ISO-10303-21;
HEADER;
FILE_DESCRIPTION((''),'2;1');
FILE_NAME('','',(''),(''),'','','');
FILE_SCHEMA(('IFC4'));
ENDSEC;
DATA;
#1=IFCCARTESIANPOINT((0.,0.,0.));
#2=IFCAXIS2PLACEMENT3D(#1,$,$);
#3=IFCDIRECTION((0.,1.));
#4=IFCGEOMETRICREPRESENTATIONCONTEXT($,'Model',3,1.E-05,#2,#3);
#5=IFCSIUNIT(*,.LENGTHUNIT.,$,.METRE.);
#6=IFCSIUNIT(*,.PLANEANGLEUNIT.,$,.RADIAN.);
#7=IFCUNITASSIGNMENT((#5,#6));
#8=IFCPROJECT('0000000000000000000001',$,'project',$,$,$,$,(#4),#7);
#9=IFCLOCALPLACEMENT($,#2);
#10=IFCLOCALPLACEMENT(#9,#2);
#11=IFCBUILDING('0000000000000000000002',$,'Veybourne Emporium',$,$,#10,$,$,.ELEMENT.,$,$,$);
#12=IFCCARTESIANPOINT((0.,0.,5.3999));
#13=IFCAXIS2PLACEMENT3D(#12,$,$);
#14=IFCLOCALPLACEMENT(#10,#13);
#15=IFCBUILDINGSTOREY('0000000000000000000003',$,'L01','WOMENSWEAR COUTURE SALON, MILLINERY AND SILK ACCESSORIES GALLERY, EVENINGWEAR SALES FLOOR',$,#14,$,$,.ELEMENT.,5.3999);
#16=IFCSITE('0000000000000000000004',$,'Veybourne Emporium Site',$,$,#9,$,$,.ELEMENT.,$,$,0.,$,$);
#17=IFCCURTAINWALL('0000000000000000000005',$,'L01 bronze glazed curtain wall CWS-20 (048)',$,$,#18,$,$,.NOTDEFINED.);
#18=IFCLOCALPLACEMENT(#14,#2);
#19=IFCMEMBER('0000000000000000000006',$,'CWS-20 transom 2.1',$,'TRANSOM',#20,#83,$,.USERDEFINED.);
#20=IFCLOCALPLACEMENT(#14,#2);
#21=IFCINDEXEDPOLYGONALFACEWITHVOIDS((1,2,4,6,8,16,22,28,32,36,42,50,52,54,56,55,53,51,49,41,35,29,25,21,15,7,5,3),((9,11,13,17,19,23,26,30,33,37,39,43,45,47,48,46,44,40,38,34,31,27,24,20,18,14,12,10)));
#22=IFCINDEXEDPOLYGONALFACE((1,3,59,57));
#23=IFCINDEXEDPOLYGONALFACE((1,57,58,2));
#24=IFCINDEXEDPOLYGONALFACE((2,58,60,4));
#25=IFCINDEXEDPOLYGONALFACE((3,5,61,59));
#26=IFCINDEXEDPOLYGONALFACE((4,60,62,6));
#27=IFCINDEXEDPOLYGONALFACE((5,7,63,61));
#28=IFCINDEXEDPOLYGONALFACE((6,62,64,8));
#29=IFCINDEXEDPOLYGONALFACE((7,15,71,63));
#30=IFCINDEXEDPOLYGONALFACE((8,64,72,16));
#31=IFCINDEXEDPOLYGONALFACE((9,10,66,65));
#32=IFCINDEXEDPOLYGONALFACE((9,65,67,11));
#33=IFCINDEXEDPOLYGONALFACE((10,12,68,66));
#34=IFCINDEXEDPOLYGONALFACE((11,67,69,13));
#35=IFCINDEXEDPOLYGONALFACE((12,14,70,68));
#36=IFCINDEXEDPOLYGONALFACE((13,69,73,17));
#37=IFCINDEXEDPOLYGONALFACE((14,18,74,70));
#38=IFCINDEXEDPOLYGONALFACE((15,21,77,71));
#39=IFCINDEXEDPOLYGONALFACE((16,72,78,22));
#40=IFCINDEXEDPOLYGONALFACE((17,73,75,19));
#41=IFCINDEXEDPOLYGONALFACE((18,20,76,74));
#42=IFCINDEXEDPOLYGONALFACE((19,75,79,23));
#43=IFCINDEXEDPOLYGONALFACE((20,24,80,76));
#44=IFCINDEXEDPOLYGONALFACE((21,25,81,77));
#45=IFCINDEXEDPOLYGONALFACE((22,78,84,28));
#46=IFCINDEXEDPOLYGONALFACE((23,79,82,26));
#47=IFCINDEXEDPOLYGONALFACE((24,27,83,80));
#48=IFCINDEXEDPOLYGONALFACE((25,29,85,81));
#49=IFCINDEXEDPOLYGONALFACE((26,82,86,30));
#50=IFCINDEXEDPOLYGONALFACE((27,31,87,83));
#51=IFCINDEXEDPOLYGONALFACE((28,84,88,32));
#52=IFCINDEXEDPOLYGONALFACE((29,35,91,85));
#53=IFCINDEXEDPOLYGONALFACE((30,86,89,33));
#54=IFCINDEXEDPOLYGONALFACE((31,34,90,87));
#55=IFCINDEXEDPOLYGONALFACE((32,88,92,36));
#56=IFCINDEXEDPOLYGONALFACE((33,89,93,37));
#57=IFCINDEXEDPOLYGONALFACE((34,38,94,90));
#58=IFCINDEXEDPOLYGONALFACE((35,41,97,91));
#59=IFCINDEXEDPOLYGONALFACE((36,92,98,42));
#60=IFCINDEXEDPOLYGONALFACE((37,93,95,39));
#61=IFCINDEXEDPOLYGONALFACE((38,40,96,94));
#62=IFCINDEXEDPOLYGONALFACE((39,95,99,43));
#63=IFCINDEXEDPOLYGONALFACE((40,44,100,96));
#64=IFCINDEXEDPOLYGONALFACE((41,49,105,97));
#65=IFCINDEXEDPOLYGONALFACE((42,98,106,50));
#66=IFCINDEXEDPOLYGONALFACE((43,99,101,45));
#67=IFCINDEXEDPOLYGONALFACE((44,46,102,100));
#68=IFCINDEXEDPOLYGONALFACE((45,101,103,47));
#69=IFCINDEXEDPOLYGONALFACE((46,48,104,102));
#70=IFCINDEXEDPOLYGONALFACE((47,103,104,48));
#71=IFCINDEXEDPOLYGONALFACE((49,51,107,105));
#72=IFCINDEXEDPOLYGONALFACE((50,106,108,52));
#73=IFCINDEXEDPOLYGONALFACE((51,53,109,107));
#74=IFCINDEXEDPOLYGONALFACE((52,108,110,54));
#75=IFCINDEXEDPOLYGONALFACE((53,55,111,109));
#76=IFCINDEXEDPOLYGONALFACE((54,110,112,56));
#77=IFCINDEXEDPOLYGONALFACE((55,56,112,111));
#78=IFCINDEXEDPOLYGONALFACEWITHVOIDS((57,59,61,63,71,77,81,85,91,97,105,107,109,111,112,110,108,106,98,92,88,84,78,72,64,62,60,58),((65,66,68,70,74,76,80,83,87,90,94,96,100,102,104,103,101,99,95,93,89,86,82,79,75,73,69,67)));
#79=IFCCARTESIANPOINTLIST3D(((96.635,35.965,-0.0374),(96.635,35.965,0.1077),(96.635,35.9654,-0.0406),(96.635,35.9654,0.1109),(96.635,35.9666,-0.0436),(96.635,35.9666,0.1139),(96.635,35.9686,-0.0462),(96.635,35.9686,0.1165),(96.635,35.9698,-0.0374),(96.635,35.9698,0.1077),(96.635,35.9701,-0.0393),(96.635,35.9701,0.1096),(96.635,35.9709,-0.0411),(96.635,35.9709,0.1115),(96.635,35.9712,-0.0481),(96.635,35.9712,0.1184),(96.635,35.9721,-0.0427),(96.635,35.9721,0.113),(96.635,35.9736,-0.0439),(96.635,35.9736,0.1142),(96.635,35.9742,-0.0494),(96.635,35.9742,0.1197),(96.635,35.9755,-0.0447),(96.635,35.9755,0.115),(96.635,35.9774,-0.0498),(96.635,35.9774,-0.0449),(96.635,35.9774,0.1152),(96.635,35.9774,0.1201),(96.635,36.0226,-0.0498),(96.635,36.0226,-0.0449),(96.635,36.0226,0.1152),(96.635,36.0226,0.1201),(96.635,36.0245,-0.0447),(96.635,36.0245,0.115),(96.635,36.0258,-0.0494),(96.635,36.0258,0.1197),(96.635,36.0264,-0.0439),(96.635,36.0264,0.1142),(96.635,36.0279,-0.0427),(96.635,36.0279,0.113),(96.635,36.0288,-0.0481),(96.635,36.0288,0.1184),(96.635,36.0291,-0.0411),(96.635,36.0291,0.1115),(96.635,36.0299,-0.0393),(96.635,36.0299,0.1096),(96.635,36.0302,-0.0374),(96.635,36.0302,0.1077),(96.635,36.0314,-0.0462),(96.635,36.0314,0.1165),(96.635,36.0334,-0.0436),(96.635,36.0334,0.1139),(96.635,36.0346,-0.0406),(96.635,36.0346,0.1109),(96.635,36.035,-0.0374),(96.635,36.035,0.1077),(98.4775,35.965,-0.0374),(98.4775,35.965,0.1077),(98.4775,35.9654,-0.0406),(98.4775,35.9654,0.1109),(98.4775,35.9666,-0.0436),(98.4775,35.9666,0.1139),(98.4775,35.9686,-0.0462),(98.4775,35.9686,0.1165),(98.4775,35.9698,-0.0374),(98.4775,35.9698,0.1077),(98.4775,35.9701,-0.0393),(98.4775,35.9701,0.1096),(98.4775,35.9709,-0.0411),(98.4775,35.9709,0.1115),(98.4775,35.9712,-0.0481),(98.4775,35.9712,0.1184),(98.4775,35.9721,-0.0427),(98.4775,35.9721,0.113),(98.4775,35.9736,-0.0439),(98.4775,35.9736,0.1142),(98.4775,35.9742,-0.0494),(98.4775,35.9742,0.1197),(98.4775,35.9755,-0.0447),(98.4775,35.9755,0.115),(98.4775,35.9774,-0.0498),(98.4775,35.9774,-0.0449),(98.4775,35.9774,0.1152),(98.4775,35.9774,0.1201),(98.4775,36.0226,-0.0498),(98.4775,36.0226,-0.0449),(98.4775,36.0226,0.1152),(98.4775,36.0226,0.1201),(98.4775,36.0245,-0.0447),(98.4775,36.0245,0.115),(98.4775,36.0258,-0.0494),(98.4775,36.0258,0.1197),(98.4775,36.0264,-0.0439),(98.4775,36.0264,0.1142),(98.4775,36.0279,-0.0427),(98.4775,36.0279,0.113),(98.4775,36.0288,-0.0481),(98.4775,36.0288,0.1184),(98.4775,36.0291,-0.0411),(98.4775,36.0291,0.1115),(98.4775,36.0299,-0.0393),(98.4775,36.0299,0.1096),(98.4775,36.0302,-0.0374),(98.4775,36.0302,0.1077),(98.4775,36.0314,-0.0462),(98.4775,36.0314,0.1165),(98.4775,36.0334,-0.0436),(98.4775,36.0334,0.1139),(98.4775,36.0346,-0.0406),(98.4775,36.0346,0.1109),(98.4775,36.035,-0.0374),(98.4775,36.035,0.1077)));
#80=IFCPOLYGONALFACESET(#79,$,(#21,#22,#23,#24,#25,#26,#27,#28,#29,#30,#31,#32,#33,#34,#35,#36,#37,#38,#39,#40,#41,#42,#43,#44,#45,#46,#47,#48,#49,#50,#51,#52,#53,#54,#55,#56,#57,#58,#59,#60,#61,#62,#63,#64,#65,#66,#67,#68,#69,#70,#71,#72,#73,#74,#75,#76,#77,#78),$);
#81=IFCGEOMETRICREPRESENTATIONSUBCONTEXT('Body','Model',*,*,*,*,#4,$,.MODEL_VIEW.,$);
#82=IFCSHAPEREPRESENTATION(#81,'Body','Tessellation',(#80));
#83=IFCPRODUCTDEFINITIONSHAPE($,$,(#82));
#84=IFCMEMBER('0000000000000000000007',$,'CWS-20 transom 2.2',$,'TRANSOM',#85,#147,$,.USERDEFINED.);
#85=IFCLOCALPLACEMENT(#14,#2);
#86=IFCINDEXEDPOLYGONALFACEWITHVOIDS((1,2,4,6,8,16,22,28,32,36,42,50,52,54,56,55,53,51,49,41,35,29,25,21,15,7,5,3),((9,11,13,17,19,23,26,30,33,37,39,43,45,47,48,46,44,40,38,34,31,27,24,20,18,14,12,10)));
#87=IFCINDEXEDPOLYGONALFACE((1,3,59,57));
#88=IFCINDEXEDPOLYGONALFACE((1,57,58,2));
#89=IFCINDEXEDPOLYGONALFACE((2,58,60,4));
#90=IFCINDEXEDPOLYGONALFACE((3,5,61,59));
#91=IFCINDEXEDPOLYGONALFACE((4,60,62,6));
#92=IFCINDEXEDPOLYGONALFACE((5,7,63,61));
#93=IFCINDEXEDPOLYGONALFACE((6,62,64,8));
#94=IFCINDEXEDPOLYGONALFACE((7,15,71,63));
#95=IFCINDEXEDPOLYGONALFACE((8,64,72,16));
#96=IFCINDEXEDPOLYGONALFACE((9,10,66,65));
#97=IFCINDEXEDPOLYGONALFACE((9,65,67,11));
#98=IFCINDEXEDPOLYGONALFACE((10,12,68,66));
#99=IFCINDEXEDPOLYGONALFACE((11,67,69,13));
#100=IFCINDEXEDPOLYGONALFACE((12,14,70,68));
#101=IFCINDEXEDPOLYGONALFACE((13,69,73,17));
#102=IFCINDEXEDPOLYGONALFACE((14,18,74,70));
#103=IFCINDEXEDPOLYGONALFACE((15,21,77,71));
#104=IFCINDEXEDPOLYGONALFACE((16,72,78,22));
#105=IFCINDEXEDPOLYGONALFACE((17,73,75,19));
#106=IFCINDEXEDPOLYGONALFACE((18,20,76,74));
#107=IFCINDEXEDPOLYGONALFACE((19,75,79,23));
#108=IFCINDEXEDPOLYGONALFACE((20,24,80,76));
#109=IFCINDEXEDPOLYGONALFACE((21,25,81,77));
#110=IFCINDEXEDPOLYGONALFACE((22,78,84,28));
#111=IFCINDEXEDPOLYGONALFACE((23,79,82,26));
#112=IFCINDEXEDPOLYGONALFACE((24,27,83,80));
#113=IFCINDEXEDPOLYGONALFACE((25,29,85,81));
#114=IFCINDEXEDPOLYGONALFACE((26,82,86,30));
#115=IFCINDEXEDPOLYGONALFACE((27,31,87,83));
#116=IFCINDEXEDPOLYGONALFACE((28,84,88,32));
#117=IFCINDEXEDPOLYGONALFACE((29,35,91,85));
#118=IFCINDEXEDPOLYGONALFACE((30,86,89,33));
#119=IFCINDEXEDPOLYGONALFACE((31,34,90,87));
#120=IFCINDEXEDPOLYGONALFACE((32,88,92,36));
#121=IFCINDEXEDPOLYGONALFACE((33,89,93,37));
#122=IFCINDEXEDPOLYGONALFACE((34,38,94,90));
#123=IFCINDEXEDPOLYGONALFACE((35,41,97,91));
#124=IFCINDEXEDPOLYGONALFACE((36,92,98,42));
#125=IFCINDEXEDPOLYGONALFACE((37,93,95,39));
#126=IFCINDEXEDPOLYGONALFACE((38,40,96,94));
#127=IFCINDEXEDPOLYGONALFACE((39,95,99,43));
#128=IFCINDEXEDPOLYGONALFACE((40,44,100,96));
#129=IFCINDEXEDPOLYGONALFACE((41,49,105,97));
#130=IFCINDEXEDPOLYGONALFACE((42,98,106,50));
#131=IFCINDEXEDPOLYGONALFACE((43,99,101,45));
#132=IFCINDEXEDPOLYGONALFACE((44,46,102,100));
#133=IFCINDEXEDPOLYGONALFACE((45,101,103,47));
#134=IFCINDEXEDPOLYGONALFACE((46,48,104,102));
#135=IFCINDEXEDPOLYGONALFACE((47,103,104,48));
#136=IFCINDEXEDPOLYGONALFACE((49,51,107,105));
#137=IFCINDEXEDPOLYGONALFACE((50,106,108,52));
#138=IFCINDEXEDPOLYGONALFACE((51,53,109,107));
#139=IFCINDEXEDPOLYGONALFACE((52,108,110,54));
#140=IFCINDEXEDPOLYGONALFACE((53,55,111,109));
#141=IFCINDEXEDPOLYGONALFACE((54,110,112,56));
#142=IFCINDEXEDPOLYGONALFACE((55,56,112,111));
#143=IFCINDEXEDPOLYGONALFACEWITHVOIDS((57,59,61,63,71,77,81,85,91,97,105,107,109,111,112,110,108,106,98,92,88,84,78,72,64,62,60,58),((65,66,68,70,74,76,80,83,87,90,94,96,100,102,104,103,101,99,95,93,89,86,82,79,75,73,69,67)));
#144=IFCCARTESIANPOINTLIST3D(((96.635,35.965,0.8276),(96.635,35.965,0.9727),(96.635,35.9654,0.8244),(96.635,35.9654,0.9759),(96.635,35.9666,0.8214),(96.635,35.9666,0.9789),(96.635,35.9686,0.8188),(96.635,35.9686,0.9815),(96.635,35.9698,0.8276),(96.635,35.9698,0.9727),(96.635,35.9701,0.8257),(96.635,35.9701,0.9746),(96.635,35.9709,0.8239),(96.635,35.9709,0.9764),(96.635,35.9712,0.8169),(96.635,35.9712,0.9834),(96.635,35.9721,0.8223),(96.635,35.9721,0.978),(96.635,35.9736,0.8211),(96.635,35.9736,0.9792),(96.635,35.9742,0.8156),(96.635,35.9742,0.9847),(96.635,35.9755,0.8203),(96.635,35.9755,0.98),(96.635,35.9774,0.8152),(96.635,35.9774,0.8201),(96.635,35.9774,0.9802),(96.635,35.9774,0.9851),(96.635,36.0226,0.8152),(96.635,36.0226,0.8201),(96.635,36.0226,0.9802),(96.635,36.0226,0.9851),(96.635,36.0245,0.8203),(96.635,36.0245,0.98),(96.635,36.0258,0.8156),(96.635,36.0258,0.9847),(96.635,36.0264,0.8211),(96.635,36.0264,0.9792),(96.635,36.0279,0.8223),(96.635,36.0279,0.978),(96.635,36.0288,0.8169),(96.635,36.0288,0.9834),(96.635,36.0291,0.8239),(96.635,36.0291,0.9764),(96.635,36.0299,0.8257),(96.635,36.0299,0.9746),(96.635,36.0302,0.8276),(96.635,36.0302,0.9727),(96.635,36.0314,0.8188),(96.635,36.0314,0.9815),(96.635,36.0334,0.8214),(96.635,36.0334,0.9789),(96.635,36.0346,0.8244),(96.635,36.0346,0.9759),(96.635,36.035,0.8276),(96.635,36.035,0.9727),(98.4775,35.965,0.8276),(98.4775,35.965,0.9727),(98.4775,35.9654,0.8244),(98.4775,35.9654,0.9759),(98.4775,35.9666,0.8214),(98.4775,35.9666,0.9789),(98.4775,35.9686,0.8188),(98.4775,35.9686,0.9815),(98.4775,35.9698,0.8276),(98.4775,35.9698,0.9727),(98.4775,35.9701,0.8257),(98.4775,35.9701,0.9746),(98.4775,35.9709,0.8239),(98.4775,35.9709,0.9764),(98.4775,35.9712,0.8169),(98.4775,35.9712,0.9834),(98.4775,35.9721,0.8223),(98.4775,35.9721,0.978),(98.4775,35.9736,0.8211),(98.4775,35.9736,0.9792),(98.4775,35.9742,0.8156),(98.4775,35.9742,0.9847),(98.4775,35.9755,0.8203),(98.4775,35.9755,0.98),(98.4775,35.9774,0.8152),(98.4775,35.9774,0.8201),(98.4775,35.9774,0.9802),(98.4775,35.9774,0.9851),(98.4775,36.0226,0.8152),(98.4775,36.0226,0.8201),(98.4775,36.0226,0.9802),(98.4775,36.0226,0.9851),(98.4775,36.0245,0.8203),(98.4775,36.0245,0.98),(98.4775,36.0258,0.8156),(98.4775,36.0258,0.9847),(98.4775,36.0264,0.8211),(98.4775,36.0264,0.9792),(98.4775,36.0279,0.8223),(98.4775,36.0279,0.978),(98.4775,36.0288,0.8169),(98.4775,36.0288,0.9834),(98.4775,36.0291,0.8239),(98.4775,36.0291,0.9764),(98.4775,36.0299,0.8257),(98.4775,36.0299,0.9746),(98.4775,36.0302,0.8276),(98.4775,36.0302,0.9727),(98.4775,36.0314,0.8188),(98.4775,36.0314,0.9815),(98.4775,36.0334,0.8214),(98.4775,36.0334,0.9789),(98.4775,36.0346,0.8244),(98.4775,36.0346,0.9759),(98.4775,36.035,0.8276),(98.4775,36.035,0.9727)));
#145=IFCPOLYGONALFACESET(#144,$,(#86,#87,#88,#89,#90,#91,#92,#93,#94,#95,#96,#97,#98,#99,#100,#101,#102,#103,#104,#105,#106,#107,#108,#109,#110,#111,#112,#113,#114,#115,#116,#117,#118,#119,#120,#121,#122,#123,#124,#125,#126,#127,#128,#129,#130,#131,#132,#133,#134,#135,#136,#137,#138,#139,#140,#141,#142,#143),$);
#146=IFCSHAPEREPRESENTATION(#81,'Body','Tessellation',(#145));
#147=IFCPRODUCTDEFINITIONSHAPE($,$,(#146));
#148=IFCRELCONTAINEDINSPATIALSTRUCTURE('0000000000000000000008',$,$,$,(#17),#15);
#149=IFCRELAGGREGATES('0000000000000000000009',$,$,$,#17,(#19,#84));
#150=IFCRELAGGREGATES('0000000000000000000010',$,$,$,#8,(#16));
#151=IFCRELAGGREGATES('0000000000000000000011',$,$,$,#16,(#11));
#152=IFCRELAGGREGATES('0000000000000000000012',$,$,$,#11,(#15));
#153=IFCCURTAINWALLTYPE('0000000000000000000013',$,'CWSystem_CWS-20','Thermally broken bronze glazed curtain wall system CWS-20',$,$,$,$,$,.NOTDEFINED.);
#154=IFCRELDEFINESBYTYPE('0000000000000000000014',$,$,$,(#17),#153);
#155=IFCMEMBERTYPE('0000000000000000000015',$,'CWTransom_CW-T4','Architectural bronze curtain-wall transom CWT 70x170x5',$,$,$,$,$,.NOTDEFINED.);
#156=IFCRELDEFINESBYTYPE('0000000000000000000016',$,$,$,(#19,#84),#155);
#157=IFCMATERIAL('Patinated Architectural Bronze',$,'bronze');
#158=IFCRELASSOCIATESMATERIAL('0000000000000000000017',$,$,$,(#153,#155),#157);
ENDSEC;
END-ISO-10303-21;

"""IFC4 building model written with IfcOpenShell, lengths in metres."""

from ifc_helpers import new_model, si_unit, direction, frame, origin, origin_2d, place, context, subcontext, project, spatial, hollow_rectangle, extrude, material, material_profile, profile_set, type_object, element, aggregate, save


model = new_model("IFC4")

# Units and contexts
model_context = context("Model", 3, precision=1e-05, world=origin(), true_north=direction((0.0, 1.0)))
body_context = subcontext(model_context, "Body", "Model", "MODEL_VIEW")
ifc_project = project(units=[si_unit("LENGTHUNIT", "METRE"), si_unit("PLANEANGLEUNIT", "RADIAN")], contexts=[model_context])

# Site, building, storey
site_placement = place(None, origin())
site = spatial("IfcSite", under=ifc_project, at=site_placement, Name="Veybourne Emporium Site", CompositionType="ELEMENT", RefElevation=0.0)
building_placement = place(site_placement, origin())
building = spatial("IfcBuilding", under=site, at=building_placement, Name="Veybourne Emporium", CompositionType="ELEMENT")
storey_placement = place(building_placement, frame((0.0, 0.0, 5.3999)))
storey = spatial("IfcBuildingStorey", under=building, at=storey_placement, Name="L01", Description="WOMENSWEAR COUTURE SALON, MILLINERY AND SILK ACCESSORIES GALLERY, EVENINGWEAR SALES FLOOR", CompositionType="ELEMENT", Elevation=5.3999)

# Curtain wall, members
ifc_material_1 = material(Name="Patinated Architectural Bronze", Category="bronze")
curtain_wall_type = type_object("IfcCurtainWallType", Name="CWSystem_CWS-20", Description="Thermally broken bronze glazed curtain wall system CWS-20", PredefinedType="NOTDEFINED", material=ifc_material_1)
curtain_wall_placement = place(storey_placement, origin())
curtain_wall = element("IfcCurtainWall", 1, at=curtain_wall_placement, inside=storey, type_object=curtain_wall_type, Name="L01 bronze glazed curtain wall CWS-20 (048)", PredefinedType="NOTDEFINED")
ifc_material_profile_1 = material_profile(ifc_material_1, hollow_rectangle(XDim=0.0701, YDim=0.1699, WallThickness=0.0049, InnerFilletRadius=0.0076, OuterFilletRadius=0.0125, at=origin_2d()), Name="CWT 70x170x5")
ifc_profile_set_1 = profile_set([ifc_material_profile_1], Name="Patinated Architectural Bronze")
member_type_1 = type_object("IfcMemberType", Name="CWTransom_CW-T4", Description="Architectural bronze curtain-wall transom CWT 70x170x5", PredefinedType="NOTDEFINED", material=ifc_profile_set_1)
member_1_placement = place(storey_placement, frame((98.4775, 36.0, 0.0352), z_axis=(-1.0, 0.0, 0.0), x_axis=(0.0, -1.0, 0.0)))
member_1 = element("IfcMember", 2, at=member_1_placement, type_object=member_type_1, Name="CWS-20 transom 2.1", ObjectType="TRANSOM", PredefinedType="USERDEFINED", context=body_context, shape_type="SweptSolid", body=[
    extrude(hollow_rectangle(XDim=0.0701, YDim=0.1699, WallThickness=0.0049, InnerFilletRadius=0.0076, OuterFilletRadius=0.0125, at=origin_2d()), origin(), (0.0, 0.0, 1.0), 1.8425),
])
member_2_placement = place(storey_placement, frame((98.4775, 36.0, 0.9001), z_axis=(-1.0, 0.0, 0.0), x_axis=(0.0, -1.0, 0.0)))
member_2 = element("IfcMember", 3, at=member_2_placement, type_object=member_type_1, Name="CWS-20 transom 2.2", ObjectType="TRANSOM", PredefinedType="USERDEFINED", context=body_context, shape_type="SweptSolid", body=[
    extrude(hollow_rectangle(XDim=0.0701, YDim=0.1699, WallThickness=0.0049, InnerFilletRadius=0.0076, OuterFilletRadius=0.0125, at=origin_2d()), origin(), (0.0, 0.0, 1.0), 1.8425),
])

aggregate(curtain_wall, [member_1, member_2])

save(model, "model.ifc")
